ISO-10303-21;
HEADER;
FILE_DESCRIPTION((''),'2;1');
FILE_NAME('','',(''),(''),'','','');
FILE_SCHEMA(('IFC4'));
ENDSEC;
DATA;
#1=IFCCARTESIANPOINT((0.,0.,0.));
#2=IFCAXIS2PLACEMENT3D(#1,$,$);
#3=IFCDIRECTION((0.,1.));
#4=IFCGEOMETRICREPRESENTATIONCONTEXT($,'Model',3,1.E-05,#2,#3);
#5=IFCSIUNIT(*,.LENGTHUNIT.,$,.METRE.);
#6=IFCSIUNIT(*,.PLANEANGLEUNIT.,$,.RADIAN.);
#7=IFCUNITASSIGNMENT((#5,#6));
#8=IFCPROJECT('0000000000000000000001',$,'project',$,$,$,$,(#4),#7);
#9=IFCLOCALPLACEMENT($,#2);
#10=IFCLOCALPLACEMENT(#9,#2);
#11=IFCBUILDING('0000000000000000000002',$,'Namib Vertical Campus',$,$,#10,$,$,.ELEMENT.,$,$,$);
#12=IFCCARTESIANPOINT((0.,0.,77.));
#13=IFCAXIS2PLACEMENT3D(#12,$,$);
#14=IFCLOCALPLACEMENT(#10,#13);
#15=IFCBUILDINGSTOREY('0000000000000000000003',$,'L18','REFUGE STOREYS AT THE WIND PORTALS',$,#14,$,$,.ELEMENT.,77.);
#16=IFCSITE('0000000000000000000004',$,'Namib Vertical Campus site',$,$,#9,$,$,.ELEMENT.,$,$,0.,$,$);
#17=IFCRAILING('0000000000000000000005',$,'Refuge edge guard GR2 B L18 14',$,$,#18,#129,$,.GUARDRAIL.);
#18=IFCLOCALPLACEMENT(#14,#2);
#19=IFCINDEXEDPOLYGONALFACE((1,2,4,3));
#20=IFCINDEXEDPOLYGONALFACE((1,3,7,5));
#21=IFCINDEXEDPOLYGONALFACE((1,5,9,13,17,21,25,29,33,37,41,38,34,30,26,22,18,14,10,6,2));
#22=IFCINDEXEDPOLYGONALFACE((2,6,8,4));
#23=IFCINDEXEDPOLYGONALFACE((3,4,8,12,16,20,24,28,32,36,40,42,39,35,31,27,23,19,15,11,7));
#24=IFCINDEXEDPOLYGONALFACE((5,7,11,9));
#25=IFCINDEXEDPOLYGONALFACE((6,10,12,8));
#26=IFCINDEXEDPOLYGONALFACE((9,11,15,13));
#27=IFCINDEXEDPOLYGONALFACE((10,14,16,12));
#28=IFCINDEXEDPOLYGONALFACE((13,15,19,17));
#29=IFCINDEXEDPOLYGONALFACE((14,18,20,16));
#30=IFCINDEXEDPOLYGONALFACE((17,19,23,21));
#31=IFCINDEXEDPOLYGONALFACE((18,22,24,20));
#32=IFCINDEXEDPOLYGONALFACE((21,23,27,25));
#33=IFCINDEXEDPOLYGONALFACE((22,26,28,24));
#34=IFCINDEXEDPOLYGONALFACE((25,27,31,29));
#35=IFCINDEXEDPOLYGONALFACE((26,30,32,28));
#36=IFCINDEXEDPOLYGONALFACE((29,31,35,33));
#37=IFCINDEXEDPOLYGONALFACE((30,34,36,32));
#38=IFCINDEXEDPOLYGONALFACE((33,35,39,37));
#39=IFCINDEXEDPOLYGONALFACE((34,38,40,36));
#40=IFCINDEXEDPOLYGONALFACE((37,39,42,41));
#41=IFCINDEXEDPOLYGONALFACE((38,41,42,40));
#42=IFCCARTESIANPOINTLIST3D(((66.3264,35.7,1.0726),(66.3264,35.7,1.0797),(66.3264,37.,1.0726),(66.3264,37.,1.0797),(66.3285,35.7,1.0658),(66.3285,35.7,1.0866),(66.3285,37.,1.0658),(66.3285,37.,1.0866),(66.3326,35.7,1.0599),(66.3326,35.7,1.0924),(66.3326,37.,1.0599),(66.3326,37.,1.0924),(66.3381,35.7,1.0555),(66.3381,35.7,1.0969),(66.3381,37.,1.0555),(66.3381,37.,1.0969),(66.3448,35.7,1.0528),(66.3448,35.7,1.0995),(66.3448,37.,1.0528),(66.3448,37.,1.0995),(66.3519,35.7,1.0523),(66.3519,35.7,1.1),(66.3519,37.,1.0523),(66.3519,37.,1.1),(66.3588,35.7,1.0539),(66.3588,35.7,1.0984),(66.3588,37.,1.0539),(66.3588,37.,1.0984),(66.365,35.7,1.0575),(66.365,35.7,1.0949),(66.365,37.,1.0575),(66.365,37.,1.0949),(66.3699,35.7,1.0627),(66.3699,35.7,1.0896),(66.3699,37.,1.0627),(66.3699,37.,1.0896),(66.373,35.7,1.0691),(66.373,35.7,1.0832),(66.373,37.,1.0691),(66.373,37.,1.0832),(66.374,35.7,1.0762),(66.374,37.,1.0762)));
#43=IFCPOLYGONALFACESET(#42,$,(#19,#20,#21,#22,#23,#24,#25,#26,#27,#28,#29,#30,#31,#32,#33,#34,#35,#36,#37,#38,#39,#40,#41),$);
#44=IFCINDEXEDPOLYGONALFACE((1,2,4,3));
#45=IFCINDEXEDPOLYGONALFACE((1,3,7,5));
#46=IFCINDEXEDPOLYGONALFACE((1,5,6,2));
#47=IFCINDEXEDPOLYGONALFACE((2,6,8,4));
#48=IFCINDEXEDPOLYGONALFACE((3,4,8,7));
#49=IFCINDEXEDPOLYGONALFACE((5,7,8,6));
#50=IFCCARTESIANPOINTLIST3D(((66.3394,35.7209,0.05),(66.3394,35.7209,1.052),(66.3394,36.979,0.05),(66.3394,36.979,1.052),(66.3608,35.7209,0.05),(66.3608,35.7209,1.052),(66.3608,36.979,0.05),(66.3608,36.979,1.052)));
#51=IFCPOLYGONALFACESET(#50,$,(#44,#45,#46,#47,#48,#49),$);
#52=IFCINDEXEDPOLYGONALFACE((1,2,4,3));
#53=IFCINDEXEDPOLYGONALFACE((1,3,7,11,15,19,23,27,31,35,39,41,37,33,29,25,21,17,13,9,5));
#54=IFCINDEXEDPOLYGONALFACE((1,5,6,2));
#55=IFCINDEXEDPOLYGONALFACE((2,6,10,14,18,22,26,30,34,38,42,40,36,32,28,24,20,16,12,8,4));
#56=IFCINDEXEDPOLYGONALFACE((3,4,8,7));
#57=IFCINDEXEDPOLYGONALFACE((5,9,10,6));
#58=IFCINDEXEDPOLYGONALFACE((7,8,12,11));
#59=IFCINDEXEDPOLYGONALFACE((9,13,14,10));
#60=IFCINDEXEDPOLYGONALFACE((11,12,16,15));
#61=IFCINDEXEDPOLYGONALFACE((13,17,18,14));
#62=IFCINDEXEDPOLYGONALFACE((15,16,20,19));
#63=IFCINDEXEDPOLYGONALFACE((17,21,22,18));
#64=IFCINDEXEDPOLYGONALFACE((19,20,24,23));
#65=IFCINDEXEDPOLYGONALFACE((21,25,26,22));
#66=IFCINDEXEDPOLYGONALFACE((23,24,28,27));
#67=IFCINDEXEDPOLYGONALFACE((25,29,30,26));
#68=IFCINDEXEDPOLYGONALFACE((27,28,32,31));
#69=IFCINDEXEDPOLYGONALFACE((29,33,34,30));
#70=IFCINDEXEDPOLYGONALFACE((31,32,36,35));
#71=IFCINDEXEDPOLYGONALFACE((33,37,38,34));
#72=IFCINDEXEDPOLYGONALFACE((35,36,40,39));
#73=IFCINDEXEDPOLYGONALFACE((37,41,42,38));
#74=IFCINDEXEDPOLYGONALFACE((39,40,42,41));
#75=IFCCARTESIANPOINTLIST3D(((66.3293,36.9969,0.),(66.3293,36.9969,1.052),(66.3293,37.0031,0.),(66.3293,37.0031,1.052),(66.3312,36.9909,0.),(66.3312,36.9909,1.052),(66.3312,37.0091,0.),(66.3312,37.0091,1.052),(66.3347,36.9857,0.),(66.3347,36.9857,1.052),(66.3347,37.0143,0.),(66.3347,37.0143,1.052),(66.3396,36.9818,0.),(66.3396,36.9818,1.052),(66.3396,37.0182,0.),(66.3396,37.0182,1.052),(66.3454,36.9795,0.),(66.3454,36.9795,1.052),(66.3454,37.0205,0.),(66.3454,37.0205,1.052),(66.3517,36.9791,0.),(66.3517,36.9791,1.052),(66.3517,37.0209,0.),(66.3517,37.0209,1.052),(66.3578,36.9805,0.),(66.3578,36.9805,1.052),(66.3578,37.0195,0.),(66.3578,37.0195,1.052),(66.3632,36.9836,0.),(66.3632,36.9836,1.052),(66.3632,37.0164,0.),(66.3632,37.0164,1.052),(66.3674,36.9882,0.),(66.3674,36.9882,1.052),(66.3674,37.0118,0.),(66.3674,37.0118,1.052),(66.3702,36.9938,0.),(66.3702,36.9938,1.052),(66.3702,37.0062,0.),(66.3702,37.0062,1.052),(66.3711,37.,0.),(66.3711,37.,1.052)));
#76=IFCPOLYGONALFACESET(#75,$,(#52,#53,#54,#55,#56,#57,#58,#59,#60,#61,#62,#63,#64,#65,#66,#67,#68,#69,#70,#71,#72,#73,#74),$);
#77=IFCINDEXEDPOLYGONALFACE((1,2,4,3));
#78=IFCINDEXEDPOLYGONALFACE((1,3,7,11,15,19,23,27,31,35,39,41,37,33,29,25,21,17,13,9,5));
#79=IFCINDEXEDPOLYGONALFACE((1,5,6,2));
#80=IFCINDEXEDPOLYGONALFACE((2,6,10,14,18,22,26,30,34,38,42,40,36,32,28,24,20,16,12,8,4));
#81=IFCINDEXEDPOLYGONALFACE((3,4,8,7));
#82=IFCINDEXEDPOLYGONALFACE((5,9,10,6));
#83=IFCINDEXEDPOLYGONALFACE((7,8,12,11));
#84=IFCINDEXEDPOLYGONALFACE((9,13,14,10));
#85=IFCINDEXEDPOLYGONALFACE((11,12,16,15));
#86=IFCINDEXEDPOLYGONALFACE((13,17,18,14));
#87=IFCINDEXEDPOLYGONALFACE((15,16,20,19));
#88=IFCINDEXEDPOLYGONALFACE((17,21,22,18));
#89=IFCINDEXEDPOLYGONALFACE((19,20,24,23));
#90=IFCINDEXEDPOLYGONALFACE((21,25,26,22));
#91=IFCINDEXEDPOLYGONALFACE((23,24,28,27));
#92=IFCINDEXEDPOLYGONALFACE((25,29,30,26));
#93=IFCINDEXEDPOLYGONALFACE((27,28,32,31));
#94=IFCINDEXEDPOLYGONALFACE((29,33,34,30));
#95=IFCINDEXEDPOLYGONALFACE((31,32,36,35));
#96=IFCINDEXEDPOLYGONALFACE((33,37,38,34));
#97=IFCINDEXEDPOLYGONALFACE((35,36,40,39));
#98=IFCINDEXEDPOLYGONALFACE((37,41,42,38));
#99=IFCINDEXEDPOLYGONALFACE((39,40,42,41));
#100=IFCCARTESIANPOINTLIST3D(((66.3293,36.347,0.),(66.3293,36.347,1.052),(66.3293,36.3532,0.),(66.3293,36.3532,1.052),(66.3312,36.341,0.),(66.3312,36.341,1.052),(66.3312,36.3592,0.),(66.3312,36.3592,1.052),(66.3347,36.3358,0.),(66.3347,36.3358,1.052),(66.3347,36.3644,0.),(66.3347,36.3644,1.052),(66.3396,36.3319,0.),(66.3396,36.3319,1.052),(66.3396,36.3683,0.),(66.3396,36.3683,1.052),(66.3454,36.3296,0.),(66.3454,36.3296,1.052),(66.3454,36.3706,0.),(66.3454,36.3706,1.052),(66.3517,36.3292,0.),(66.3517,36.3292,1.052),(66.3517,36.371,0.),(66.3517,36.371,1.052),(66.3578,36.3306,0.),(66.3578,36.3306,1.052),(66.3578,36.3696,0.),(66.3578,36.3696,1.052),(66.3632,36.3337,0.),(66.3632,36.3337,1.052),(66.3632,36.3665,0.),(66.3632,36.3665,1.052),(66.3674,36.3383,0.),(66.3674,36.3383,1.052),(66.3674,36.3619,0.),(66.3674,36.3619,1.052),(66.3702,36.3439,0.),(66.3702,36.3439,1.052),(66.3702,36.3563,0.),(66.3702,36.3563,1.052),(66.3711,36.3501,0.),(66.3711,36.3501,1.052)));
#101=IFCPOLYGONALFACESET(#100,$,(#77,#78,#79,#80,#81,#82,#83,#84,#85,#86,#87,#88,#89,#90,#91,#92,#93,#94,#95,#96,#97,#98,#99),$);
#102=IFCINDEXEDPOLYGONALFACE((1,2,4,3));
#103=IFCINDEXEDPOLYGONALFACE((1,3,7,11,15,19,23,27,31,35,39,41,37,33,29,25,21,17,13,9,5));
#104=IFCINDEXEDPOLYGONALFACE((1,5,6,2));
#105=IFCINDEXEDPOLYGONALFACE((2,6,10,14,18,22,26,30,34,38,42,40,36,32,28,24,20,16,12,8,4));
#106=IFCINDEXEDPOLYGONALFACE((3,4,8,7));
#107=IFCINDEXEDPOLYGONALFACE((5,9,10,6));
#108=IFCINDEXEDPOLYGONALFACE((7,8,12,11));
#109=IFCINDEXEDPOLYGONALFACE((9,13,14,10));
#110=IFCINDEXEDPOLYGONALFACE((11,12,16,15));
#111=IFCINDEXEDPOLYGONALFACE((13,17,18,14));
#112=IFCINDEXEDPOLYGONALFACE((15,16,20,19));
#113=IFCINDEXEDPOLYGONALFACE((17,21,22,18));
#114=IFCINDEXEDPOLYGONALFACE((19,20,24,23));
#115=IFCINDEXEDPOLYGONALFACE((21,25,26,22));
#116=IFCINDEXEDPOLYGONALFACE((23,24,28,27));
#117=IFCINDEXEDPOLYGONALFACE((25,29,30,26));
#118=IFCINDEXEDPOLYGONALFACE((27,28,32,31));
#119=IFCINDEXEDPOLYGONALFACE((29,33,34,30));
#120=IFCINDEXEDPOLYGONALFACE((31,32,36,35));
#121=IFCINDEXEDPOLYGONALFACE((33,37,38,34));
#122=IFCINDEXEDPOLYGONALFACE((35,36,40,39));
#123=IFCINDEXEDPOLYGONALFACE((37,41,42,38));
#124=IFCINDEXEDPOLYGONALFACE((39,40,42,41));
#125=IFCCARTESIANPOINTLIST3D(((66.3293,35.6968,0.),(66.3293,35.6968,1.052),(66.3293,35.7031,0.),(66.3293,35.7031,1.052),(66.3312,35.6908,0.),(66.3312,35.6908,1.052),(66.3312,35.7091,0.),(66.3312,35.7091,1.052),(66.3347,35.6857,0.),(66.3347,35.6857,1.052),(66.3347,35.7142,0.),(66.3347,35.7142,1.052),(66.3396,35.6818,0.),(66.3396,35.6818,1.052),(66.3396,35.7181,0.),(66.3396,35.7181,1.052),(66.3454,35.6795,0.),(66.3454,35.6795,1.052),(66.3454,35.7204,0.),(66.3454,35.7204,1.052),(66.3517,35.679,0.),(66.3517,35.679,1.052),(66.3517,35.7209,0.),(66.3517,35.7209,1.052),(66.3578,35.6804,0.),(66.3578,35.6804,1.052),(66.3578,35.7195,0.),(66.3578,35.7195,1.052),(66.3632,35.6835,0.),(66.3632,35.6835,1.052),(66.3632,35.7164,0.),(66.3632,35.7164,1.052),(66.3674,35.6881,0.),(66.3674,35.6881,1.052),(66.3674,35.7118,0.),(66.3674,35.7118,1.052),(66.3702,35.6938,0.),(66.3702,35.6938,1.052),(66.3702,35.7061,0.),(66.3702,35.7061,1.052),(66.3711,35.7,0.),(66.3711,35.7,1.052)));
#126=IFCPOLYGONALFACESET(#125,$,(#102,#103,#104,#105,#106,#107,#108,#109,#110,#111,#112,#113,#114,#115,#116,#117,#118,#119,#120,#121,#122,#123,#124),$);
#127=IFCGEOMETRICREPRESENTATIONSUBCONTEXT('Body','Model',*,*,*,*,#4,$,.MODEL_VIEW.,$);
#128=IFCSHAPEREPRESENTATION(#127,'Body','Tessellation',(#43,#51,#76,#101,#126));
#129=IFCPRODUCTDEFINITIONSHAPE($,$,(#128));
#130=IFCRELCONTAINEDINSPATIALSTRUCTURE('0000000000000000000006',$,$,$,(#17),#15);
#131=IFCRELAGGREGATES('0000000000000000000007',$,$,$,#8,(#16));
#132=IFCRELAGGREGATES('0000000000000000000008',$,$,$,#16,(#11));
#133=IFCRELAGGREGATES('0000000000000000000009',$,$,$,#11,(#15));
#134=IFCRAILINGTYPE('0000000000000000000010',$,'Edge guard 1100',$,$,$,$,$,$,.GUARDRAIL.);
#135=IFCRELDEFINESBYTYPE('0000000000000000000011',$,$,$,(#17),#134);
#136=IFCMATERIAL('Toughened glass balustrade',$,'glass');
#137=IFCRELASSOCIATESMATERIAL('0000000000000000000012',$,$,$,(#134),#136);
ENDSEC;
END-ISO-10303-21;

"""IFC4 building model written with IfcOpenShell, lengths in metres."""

from ifc_helpers import new_model, si_unit, direction, frame, origin, origin_2d, place, context, subcontext, project, spatial, polyline, circle, outline, extrude, material, type_object, element, save


model = new_model("IFC4")

# Units and contexts
model_context = context("Model", 3, precision=1e-05, world=origin(), true_north=direction((0.0, 1.0)))
body_context = subcontext(model_context, "Body", "Model", "MODEL_VIEW")
ifc_project = project(units=[si_unit("LENGTHUNIT", "METRE"), si_unit("PLANEANGLEUNIT", "RADIAN")], contexts=[model_context])

# Site, building, storey
site_placement = place(None, origin())
site = spatial("IfcSite", under=ifc_project, at=site_placement, Name="Namib Vertical Campus site", CompositionType="ELEMENT", RefElevation=0.0)
building_placement = place(site_placement, origin())
building = spatial("IfcBuilding", under=site, at=building_placement, Name="Namib Vertical Campus", CompositionType="ELEMENT")
storey_placement = place(building_placement, frame((0.0, 0.0, 77.0)))
storey = spatial("IfcBuildingStorey", under=building, at=storey_placement, Name="L18", Description="REFUGE STOREYS AT THE WIND PORTALS", CompositionType="ELEMENT", Elevation=77.0)

# Railing
ifc_material_1 = material(Name="Toughened glass balustrade", Category="glass")
railing_type = type_object("IfcRailingType", Name="Edge guard 1100", PredefinedType="GUARDRAIL", material=ifc_material_1)
railing_1_placement = place(storey_placement, frame((66.3501, 37.0, 0.0)))
element("IfcRailing", 1, at=railing_1_placement, inside=storey, type_object=railing_type, Name="Refuge edge guard GR2 B L18 14", PredefinedType="GUARDRAIL", context=body_context, shape_type="SweptSolid", body=[
    extrude(circle(Radius=0.0239, at=origin_2d()), frame((0.0, 0.0, 1.0762), z_axis=(0.0, -1.0, 0.0), x_axis=(1.0, 0.0, 0.0)), (0.0, 0.0, 1.0), 1.3),
    extrude(outline(polyline([(0.021, 0.05), (1.2791, 0.05), (1.2791, 1.052), (0.021, 1.052), (0.021, 0.05)])), frame((0.0107, 0.0, 0.0), z_axis=(-1.0, 0.0, 0.0), x_axis=(0.0, -1.0, 0.0)), (0.0, 0.0, 1.0), 0.0215),
    extrude(circle(Radius=0.021, at=origin_2d()), origin(), (0.0, 0.0, 1.0), 1.052),
    extrude(circle(Radius=0.021, at=origin_2d()), frame((0.0, -0.6499, 0.0)), (0.0, 0.0, 1.0), 1.052),
    extrude(circle(Radius=0.021, at=origin_2d()), frame((0.0, -1.3, 0.0)), (0.0, 0.0, 1.0), 1.052),
])

save(model, "model.ifc")
